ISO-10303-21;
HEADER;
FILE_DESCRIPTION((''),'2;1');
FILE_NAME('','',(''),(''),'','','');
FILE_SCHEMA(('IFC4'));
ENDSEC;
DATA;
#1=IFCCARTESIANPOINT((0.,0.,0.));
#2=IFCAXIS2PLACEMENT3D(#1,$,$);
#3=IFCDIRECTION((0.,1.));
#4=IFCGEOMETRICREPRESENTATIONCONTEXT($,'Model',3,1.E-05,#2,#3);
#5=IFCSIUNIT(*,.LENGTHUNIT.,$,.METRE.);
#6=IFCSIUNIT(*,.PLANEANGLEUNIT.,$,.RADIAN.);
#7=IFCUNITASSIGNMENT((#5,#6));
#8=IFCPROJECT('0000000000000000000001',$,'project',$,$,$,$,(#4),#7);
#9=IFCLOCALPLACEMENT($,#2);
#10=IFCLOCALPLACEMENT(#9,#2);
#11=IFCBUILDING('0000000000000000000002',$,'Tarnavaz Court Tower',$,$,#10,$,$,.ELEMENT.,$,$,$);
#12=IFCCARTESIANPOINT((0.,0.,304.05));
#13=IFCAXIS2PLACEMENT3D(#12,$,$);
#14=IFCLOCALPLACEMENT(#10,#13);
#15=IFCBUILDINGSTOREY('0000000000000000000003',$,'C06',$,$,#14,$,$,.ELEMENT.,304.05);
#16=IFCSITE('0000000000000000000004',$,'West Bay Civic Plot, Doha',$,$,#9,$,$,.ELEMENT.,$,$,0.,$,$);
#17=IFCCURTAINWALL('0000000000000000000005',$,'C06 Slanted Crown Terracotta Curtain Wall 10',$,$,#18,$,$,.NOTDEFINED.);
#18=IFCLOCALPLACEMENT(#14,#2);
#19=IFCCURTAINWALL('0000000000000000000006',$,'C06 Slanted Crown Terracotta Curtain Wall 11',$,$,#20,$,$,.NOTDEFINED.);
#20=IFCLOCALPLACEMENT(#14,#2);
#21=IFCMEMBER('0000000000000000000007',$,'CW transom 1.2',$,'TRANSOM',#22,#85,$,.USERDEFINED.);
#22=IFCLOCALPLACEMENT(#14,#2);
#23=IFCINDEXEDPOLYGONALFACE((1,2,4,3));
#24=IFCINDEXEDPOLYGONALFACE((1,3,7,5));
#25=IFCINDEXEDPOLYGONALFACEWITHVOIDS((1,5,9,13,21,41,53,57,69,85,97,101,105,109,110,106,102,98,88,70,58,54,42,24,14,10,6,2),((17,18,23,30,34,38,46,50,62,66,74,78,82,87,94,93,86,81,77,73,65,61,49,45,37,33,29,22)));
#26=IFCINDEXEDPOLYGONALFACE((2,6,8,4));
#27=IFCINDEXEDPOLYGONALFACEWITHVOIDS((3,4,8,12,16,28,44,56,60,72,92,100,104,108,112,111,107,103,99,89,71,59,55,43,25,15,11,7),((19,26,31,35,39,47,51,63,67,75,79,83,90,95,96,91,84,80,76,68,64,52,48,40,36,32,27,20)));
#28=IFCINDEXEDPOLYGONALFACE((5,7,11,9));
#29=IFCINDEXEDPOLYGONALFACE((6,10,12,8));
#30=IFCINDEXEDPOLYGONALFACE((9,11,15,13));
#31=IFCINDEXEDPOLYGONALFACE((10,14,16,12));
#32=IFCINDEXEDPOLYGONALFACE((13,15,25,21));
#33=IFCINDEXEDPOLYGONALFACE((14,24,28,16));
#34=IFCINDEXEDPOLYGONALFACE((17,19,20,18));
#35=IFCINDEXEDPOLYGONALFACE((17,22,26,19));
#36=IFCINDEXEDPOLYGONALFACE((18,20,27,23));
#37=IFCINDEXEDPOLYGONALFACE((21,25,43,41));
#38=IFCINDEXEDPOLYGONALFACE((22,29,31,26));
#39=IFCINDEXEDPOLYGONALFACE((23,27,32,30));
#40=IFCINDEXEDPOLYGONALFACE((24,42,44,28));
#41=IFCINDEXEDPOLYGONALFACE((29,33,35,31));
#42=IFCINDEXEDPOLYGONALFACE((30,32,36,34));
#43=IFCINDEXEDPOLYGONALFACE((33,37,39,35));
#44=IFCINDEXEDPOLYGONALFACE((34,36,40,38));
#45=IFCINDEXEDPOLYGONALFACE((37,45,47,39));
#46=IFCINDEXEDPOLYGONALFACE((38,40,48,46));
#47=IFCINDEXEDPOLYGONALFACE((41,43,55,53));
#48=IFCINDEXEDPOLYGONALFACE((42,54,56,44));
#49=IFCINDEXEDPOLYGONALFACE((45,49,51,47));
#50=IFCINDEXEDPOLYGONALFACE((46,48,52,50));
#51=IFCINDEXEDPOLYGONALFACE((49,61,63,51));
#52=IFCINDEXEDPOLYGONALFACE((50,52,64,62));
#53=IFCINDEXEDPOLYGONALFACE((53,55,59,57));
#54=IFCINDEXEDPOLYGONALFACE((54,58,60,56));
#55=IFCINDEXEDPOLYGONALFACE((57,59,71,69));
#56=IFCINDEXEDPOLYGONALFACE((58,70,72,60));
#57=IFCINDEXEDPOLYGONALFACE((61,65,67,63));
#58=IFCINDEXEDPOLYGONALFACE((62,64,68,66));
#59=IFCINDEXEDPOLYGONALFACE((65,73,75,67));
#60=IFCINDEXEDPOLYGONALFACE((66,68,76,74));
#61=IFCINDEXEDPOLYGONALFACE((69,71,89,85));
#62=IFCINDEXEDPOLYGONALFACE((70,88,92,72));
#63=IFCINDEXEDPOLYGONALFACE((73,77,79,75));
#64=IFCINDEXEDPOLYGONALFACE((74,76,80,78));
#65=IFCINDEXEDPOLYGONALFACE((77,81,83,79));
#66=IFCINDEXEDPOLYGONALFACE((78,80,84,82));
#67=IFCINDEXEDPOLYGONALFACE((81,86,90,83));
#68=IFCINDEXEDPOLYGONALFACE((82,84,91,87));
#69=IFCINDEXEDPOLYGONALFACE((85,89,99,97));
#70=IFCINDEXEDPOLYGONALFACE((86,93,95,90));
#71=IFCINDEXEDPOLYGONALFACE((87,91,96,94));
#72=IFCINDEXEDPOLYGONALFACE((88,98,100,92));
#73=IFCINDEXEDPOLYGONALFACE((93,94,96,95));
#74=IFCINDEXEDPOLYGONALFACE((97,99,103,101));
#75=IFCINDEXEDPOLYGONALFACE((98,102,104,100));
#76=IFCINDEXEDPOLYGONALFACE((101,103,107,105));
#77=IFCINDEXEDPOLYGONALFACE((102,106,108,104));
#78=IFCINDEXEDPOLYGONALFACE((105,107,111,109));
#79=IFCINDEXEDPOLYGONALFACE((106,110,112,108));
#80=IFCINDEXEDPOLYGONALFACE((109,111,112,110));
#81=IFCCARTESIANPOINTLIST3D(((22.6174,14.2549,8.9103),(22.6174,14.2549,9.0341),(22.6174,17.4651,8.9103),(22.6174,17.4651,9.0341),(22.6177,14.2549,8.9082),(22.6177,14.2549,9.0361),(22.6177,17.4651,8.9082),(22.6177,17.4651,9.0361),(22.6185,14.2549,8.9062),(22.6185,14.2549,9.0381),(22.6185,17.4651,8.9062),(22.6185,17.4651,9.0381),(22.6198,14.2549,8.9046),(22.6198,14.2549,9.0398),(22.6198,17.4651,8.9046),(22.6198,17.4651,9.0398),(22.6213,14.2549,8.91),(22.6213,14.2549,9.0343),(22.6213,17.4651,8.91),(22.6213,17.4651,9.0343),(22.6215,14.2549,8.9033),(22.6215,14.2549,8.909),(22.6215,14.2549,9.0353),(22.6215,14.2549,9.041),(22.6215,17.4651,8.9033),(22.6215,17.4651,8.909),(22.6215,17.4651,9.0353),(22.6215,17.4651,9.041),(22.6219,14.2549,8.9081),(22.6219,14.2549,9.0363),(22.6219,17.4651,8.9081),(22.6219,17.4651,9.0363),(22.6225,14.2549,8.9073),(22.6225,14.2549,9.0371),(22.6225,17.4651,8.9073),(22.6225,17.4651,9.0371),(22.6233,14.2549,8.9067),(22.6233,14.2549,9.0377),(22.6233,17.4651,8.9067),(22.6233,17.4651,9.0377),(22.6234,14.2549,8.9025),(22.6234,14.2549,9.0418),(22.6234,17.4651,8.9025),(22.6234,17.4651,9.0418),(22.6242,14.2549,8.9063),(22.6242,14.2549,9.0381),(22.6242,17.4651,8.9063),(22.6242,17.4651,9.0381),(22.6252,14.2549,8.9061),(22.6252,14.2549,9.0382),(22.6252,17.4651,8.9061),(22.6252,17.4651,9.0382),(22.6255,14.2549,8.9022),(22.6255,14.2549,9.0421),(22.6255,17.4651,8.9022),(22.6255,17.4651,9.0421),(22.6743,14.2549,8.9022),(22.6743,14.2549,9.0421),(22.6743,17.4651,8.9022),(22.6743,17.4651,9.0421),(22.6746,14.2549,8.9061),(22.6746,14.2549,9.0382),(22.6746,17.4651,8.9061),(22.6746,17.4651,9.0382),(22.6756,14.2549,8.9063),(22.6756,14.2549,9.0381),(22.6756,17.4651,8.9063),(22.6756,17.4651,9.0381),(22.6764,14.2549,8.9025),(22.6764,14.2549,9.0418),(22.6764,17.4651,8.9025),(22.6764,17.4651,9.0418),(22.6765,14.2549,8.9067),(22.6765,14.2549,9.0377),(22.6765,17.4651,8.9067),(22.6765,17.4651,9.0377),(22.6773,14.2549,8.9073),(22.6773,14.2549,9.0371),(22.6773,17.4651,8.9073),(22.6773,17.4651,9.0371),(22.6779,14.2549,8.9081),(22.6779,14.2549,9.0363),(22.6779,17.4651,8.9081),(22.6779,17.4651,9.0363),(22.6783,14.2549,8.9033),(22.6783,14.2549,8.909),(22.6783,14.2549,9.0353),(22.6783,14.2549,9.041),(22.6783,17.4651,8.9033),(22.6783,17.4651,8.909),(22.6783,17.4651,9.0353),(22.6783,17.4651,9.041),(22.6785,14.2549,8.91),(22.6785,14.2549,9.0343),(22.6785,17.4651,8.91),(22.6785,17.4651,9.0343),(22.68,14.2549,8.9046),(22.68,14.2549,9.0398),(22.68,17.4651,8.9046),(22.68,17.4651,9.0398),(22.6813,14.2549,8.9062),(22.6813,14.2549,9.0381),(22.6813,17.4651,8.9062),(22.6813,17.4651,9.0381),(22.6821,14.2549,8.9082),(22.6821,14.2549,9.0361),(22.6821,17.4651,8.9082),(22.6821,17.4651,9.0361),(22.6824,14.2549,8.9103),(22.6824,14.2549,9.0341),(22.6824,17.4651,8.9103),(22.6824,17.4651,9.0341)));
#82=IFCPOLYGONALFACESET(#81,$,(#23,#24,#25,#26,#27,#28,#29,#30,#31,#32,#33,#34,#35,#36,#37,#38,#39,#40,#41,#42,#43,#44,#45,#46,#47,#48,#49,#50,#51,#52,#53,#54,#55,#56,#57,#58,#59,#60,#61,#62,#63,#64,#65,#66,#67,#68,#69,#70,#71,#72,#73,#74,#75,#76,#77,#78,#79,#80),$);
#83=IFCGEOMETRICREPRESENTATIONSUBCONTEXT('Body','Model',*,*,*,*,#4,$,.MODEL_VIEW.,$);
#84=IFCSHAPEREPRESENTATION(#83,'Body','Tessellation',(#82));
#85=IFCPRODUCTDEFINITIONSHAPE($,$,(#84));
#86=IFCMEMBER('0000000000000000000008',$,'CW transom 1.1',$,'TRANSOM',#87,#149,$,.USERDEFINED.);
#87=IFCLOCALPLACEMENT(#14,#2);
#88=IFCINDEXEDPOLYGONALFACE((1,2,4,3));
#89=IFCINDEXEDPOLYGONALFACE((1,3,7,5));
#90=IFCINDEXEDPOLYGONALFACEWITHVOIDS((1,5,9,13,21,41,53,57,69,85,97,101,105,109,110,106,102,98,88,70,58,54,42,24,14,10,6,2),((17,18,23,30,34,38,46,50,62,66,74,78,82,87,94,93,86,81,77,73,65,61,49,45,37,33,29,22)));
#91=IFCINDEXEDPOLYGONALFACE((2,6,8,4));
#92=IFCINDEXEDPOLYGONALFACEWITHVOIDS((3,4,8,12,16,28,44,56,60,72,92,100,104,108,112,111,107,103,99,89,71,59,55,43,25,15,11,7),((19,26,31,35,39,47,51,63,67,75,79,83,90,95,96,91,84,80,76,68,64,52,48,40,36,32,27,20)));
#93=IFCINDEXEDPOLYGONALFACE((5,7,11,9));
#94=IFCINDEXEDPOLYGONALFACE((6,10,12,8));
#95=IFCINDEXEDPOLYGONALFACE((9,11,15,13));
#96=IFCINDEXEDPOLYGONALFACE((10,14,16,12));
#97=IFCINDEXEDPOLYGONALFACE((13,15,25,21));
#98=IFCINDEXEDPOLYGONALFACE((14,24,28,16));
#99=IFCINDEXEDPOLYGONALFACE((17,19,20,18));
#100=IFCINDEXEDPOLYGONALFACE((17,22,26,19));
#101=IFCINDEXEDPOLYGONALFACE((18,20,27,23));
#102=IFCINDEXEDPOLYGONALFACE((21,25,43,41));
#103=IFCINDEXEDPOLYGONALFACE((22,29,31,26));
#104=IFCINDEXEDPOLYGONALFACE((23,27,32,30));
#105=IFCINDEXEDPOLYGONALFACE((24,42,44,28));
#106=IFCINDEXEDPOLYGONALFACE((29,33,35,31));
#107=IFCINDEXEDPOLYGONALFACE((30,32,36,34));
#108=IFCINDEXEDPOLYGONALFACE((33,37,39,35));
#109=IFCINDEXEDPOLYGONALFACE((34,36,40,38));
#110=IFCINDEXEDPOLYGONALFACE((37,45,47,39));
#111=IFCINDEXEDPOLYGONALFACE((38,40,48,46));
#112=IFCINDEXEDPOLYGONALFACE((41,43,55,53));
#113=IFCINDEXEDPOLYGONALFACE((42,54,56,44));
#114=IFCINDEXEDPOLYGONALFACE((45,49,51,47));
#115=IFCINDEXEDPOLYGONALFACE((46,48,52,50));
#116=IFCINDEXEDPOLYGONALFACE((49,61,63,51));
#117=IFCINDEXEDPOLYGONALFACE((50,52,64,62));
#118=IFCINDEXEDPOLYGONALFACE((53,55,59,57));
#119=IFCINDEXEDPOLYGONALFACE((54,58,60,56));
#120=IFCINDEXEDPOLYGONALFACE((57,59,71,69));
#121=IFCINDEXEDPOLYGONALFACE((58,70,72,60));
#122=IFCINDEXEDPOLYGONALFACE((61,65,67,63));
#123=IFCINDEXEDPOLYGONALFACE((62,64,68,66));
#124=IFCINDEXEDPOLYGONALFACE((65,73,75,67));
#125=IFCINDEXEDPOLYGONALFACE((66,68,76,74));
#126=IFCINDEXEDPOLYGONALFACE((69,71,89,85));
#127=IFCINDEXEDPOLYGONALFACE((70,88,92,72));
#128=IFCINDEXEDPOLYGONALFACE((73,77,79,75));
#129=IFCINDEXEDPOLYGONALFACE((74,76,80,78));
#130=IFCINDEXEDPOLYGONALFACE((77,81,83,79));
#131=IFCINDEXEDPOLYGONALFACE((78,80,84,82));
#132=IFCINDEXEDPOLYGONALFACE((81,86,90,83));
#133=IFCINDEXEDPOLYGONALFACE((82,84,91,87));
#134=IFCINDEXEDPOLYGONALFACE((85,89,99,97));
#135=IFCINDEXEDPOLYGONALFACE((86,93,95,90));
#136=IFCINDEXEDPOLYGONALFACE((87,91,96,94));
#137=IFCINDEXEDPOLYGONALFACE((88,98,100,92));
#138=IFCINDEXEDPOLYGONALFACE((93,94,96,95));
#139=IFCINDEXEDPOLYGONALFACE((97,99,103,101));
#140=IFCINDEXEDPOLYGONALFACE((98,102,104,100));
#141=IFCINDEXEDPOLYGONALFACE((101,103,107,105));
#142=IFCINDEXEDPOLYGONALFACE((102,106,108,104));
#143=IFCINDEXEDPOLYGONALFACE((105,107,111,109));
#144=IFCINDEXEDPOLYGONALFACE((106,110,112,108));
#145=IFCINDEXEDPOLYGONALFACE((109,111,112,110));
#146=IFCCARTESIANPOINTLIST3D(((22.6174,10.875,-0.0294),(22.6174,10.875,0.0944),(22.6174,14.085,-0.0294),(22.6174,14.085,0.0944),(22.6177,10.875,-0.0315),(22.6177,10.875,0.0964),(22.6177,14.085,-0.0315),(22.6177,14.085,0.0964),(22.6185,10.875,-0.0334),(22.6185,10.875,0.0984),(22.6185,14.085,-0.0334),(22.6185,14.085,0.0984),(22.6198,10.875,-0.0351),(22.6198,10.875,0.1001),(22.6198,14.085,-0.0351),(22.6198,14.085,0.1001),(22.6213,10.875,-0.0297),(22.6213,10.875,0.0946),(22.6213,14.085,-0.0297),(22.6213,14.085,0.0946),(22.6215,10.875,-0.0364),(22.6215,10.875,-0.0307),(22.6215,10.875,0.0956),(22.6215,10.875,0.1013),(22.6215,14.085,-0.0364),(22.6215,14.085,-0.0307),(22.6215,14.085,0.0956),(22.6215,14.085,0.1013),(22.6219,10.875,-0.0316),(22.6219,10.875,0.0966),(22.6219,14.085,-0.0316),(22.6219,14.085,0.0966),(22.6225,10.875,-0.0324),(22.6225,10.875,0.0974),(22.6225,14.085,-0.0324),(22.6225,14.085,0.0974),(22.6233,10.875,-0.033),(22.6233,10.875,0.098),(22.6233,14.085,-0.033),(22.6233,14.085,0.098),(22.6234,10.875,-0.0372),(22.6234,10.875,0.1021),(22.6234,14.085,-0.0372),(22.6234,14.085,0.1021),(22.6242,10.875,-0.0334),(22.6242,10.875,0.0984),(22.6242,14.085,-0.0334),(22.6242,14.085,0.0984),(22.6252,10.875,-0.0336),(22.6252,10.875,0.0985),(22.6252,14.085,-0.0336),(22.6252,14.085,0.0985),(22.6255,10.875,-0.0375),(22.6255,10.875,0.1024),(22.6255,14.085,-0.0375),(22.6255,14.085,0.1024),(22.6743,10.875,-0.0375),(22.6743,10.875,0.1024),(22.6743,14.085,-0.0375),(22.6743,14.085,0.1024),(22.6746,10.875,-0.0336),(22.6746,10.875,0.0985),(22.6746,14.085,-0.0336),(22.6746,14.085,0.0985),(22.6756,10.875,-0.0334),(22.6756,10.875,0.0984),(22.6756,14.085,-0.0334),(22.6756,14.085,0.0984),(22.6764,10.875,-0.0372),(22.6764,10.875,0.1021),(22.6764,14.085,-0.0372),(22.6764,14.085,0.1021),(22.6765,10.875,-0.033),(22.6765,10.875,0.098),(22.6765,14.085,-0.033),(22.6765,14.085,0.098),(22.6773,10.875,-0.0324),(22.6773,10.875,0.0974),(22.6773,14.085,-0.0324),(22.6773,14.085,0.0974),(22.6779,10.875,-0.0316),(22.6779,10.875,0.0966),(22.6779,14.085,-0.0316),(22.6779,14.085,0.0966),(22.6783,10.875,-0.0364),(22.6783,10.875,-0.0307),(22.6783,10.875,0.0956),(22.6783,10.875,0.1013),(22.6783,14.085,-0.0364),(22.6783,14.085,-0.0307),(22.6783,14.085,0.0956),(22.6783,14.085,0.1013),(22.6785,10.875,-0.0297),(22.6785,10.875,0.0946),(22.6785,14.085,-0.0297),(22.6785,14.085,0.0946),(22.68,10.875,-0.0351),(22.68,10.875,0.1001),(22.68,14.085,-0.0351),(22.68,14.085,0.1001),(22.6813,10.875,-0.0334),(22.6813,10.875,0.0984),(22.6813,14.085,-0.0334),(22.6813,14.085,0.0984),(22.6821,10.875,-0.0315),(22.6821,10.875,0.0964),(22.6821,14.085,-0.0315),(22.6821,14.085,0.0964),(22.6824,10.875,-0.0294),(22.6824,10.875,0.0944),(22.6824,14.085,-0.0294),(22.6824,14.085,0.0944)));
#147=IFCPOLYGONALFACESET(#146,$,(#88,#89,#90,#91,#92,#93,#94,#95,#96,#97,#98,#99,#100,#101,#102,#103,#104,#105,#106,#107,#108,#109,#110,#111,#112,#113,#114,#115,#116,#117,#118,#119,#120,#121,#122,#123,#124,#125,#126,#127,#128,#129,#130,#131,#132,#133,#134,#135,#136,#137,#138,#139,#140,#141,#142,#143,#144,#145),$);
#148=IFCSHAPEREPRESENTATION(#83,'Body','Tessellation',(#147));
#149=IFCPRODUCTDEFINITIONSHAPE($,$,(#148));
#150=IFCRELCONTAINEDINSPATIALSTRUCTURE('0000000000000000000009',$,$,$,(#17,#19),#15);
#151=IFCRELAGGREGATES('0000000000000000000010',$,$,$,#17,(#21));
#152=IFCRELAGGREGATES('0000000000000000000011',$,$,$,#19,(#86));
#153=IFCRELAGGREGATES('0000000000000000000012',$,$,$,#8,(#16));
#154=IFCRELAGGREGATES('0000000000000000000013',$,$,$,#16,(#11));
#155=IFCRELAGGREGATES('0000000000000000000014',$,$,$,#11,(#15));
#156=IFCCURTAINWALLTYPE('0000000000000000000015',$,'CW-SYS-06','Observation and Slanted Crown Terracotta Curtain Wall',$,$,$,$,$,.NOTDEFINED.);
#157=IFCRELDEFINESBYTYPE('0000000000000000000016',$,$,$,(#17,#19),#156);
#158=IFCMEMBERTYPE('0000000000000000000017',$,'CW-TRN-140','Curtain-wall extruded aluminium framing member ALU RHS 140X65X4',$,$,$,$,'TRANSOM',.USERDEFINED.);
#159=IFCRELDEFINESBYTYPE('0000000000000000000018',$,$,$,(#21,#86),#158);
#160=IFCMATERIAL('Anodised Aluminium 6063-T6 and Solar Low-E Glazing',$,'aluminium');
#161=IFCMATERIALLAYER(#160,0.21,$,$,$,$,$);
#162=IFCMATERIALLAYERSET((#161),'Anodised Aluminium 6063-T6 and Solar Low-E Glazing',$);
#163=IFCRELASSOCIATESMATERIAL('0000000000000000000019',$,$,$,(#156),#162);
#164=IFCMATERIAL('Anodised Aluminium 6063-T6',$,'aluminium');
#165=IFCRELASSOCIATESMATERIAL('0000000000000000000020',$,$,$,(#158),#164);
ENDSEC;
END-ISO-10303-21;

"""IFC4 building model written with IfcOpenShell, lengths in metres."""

from ifc_helpers import new_model, si_unit, direction, frame, origin, origin_2d, place, context, subcontext, project, spatial, hollow_rectangle, extrude, material, layer, layer_set, material_profile, profile_set, type_object, element, aggregate, save


model = new_model("IFC4")

# Units and contexts
model_context = context("Model", 3, precision=1e-05, world=origin(), true_north=direction((0.0, 1.0)))
body_context = subcontext(model_context, "Body", "Model", "MODEL_VIEW")
ifc_project = project(units=[si_unit("LENGTHUNIT", "METRE"), si_unit("PLANEANGLEUNIT", "RADIAN")], contexts=[model_context])

# Site, building, storey
site_placement = place(None, origin())
site = spatial("IfcSite", under=ifc_project, at=site_placement, Name="West Bay Civic Plot, Doha", CompositionType="ELEMENT", RefElevation=0.0)
building_placement = place(site_placement, origin())
building = spatial("IfcBuilding", under=site, at=building_placement, Name="Tarnavaz Court Tower", CompositionType="ELEMENT")
storey_placement = place(building_placement, frame((0.0, 0.0, 304.05)))
storey = spatial("IfcBuildingStorey", under=building, at=storey_placement, Name="C06", CompositionType="ELEMENT", Elevation=304.05)

# Curtain walls
ifc_material_1 = material(Name="Anodised Aluminium 6063-T6 and Solar Low-E Glazing", Category="aluminium")
ifc_layer_1 = layer(ifc_material_1, 0.21)
ifc_layer_set_1 = layer_set([ifc_layer_1], Name="Anodised Aluminium 6063-T6 and Solar Low-E Glazing")
curtain_wall_type = type_object("IfcCurtainWallType", Name="CW-SYS-06", Description="Observation and Slanted Crown Terracotta Curtain Wall", PredefinedType="NOTDEFINED", material=ifc_layer_set_1)
ifc_material_2 = material(Name="Anodised Aluminium 6063-T6", Category="aluminium")
curtain_wall_1_placement = place(storey_placement, origin())
curtain_wall_1 = element("IfcCurtainWall", 1, at=curtain_wall_1_placement, inside=storey, type_object=curtain_wall_type, Name="C06 Slanted Crown Terracotta Curtain Wall 10", PredefinedType="NOTDEFINED")
curtain_wall_2_placement = place(storey_placement, origin())
curtain_wall_2 = element("IfcCurtainWall", 2, at=curtain_wall_2_placement, inside=storey, type_object=curtain_wall_type, Name="C06 Slanted Crown Terracotta Curtain Wall 11", PredefinedType="NOTDEFINED")

# Members
ifc_material_profile_1 = material_profile(ifc_material_2, hollow_rectangle(XDim=0.0649, YDim=0.1399, WallThickness=0.0039, InnerFilletRadius=0.0039, OuterFilletRadius=0.0081, at=origin_2d()), Name="ALU RHS 140X65X4")
ifc_profile_set_1 = profile_set([ifc_material_profile_1], Name="Anodised Aluminium 6063-T6")
member_type_1 = type_object("IfcMemberType", Name="CW-TRN-140", Description="Curtain-wall extruded aluminium framing member ALU RHS 140X65X4", ElementType="TRANSOM", PredefinedType="USERDEFINED", material=ifc_profile_set_1)
member_1_placement = place(storey_placement, frame((22.6499, 17.4651, 8.9722), z_axis=(0.0, -1.0, 0.0), x_axis=(1.0, 0.0, 0.0)))
member_1 = element("IfcMember", 3, at=member_1_placement, type_object=member_type_1, Name="CW transom 1.2", ObjectType="TRANSOM", PredefinedType="USERDEFINED", context=body_context, shape_type="SweptSolid", body=[
    extrude(hollow_rectangle(XDim=0.0649, YDim=0.1399, WallThickness=0.0039, InnerFilletRadius=0.0039, OuterFilletRadius=0.0081, at=origin_2d()), origin(), (0.0, 0.0, 1.0), 3.2102),
])
member_2_placement = place(storey_placement, frame((22.6499, 14.085, 0.0325), z_axis=(0.0, -1.0, 0.0), x_axis=(1.0, 0.0, 0.0)))
member_2 = element("IfcMember", 4, at=member_2_placement, type_object=member_type_1, Name="CW transom 1.1", ObjectType="TRANSOM", PredefinedType="USERDEFINED", context=body_context, shape_type="SweptSolid", body=[
    extrude(hollow_rectangle(XDim=0.0649, YDim=0.1399, WallThickness=0.0039, InnerFilletRadius=0.0039, OuterFilletRadius=0.0081, at=origin_2d()), origin(), (0.0, 0.0, 1.0), 3.21),
])

aggregate(curtain_wall_1, [member_1])
aggregate(curtain_wall_2, [member_2])

save(model, "model.ifc")
